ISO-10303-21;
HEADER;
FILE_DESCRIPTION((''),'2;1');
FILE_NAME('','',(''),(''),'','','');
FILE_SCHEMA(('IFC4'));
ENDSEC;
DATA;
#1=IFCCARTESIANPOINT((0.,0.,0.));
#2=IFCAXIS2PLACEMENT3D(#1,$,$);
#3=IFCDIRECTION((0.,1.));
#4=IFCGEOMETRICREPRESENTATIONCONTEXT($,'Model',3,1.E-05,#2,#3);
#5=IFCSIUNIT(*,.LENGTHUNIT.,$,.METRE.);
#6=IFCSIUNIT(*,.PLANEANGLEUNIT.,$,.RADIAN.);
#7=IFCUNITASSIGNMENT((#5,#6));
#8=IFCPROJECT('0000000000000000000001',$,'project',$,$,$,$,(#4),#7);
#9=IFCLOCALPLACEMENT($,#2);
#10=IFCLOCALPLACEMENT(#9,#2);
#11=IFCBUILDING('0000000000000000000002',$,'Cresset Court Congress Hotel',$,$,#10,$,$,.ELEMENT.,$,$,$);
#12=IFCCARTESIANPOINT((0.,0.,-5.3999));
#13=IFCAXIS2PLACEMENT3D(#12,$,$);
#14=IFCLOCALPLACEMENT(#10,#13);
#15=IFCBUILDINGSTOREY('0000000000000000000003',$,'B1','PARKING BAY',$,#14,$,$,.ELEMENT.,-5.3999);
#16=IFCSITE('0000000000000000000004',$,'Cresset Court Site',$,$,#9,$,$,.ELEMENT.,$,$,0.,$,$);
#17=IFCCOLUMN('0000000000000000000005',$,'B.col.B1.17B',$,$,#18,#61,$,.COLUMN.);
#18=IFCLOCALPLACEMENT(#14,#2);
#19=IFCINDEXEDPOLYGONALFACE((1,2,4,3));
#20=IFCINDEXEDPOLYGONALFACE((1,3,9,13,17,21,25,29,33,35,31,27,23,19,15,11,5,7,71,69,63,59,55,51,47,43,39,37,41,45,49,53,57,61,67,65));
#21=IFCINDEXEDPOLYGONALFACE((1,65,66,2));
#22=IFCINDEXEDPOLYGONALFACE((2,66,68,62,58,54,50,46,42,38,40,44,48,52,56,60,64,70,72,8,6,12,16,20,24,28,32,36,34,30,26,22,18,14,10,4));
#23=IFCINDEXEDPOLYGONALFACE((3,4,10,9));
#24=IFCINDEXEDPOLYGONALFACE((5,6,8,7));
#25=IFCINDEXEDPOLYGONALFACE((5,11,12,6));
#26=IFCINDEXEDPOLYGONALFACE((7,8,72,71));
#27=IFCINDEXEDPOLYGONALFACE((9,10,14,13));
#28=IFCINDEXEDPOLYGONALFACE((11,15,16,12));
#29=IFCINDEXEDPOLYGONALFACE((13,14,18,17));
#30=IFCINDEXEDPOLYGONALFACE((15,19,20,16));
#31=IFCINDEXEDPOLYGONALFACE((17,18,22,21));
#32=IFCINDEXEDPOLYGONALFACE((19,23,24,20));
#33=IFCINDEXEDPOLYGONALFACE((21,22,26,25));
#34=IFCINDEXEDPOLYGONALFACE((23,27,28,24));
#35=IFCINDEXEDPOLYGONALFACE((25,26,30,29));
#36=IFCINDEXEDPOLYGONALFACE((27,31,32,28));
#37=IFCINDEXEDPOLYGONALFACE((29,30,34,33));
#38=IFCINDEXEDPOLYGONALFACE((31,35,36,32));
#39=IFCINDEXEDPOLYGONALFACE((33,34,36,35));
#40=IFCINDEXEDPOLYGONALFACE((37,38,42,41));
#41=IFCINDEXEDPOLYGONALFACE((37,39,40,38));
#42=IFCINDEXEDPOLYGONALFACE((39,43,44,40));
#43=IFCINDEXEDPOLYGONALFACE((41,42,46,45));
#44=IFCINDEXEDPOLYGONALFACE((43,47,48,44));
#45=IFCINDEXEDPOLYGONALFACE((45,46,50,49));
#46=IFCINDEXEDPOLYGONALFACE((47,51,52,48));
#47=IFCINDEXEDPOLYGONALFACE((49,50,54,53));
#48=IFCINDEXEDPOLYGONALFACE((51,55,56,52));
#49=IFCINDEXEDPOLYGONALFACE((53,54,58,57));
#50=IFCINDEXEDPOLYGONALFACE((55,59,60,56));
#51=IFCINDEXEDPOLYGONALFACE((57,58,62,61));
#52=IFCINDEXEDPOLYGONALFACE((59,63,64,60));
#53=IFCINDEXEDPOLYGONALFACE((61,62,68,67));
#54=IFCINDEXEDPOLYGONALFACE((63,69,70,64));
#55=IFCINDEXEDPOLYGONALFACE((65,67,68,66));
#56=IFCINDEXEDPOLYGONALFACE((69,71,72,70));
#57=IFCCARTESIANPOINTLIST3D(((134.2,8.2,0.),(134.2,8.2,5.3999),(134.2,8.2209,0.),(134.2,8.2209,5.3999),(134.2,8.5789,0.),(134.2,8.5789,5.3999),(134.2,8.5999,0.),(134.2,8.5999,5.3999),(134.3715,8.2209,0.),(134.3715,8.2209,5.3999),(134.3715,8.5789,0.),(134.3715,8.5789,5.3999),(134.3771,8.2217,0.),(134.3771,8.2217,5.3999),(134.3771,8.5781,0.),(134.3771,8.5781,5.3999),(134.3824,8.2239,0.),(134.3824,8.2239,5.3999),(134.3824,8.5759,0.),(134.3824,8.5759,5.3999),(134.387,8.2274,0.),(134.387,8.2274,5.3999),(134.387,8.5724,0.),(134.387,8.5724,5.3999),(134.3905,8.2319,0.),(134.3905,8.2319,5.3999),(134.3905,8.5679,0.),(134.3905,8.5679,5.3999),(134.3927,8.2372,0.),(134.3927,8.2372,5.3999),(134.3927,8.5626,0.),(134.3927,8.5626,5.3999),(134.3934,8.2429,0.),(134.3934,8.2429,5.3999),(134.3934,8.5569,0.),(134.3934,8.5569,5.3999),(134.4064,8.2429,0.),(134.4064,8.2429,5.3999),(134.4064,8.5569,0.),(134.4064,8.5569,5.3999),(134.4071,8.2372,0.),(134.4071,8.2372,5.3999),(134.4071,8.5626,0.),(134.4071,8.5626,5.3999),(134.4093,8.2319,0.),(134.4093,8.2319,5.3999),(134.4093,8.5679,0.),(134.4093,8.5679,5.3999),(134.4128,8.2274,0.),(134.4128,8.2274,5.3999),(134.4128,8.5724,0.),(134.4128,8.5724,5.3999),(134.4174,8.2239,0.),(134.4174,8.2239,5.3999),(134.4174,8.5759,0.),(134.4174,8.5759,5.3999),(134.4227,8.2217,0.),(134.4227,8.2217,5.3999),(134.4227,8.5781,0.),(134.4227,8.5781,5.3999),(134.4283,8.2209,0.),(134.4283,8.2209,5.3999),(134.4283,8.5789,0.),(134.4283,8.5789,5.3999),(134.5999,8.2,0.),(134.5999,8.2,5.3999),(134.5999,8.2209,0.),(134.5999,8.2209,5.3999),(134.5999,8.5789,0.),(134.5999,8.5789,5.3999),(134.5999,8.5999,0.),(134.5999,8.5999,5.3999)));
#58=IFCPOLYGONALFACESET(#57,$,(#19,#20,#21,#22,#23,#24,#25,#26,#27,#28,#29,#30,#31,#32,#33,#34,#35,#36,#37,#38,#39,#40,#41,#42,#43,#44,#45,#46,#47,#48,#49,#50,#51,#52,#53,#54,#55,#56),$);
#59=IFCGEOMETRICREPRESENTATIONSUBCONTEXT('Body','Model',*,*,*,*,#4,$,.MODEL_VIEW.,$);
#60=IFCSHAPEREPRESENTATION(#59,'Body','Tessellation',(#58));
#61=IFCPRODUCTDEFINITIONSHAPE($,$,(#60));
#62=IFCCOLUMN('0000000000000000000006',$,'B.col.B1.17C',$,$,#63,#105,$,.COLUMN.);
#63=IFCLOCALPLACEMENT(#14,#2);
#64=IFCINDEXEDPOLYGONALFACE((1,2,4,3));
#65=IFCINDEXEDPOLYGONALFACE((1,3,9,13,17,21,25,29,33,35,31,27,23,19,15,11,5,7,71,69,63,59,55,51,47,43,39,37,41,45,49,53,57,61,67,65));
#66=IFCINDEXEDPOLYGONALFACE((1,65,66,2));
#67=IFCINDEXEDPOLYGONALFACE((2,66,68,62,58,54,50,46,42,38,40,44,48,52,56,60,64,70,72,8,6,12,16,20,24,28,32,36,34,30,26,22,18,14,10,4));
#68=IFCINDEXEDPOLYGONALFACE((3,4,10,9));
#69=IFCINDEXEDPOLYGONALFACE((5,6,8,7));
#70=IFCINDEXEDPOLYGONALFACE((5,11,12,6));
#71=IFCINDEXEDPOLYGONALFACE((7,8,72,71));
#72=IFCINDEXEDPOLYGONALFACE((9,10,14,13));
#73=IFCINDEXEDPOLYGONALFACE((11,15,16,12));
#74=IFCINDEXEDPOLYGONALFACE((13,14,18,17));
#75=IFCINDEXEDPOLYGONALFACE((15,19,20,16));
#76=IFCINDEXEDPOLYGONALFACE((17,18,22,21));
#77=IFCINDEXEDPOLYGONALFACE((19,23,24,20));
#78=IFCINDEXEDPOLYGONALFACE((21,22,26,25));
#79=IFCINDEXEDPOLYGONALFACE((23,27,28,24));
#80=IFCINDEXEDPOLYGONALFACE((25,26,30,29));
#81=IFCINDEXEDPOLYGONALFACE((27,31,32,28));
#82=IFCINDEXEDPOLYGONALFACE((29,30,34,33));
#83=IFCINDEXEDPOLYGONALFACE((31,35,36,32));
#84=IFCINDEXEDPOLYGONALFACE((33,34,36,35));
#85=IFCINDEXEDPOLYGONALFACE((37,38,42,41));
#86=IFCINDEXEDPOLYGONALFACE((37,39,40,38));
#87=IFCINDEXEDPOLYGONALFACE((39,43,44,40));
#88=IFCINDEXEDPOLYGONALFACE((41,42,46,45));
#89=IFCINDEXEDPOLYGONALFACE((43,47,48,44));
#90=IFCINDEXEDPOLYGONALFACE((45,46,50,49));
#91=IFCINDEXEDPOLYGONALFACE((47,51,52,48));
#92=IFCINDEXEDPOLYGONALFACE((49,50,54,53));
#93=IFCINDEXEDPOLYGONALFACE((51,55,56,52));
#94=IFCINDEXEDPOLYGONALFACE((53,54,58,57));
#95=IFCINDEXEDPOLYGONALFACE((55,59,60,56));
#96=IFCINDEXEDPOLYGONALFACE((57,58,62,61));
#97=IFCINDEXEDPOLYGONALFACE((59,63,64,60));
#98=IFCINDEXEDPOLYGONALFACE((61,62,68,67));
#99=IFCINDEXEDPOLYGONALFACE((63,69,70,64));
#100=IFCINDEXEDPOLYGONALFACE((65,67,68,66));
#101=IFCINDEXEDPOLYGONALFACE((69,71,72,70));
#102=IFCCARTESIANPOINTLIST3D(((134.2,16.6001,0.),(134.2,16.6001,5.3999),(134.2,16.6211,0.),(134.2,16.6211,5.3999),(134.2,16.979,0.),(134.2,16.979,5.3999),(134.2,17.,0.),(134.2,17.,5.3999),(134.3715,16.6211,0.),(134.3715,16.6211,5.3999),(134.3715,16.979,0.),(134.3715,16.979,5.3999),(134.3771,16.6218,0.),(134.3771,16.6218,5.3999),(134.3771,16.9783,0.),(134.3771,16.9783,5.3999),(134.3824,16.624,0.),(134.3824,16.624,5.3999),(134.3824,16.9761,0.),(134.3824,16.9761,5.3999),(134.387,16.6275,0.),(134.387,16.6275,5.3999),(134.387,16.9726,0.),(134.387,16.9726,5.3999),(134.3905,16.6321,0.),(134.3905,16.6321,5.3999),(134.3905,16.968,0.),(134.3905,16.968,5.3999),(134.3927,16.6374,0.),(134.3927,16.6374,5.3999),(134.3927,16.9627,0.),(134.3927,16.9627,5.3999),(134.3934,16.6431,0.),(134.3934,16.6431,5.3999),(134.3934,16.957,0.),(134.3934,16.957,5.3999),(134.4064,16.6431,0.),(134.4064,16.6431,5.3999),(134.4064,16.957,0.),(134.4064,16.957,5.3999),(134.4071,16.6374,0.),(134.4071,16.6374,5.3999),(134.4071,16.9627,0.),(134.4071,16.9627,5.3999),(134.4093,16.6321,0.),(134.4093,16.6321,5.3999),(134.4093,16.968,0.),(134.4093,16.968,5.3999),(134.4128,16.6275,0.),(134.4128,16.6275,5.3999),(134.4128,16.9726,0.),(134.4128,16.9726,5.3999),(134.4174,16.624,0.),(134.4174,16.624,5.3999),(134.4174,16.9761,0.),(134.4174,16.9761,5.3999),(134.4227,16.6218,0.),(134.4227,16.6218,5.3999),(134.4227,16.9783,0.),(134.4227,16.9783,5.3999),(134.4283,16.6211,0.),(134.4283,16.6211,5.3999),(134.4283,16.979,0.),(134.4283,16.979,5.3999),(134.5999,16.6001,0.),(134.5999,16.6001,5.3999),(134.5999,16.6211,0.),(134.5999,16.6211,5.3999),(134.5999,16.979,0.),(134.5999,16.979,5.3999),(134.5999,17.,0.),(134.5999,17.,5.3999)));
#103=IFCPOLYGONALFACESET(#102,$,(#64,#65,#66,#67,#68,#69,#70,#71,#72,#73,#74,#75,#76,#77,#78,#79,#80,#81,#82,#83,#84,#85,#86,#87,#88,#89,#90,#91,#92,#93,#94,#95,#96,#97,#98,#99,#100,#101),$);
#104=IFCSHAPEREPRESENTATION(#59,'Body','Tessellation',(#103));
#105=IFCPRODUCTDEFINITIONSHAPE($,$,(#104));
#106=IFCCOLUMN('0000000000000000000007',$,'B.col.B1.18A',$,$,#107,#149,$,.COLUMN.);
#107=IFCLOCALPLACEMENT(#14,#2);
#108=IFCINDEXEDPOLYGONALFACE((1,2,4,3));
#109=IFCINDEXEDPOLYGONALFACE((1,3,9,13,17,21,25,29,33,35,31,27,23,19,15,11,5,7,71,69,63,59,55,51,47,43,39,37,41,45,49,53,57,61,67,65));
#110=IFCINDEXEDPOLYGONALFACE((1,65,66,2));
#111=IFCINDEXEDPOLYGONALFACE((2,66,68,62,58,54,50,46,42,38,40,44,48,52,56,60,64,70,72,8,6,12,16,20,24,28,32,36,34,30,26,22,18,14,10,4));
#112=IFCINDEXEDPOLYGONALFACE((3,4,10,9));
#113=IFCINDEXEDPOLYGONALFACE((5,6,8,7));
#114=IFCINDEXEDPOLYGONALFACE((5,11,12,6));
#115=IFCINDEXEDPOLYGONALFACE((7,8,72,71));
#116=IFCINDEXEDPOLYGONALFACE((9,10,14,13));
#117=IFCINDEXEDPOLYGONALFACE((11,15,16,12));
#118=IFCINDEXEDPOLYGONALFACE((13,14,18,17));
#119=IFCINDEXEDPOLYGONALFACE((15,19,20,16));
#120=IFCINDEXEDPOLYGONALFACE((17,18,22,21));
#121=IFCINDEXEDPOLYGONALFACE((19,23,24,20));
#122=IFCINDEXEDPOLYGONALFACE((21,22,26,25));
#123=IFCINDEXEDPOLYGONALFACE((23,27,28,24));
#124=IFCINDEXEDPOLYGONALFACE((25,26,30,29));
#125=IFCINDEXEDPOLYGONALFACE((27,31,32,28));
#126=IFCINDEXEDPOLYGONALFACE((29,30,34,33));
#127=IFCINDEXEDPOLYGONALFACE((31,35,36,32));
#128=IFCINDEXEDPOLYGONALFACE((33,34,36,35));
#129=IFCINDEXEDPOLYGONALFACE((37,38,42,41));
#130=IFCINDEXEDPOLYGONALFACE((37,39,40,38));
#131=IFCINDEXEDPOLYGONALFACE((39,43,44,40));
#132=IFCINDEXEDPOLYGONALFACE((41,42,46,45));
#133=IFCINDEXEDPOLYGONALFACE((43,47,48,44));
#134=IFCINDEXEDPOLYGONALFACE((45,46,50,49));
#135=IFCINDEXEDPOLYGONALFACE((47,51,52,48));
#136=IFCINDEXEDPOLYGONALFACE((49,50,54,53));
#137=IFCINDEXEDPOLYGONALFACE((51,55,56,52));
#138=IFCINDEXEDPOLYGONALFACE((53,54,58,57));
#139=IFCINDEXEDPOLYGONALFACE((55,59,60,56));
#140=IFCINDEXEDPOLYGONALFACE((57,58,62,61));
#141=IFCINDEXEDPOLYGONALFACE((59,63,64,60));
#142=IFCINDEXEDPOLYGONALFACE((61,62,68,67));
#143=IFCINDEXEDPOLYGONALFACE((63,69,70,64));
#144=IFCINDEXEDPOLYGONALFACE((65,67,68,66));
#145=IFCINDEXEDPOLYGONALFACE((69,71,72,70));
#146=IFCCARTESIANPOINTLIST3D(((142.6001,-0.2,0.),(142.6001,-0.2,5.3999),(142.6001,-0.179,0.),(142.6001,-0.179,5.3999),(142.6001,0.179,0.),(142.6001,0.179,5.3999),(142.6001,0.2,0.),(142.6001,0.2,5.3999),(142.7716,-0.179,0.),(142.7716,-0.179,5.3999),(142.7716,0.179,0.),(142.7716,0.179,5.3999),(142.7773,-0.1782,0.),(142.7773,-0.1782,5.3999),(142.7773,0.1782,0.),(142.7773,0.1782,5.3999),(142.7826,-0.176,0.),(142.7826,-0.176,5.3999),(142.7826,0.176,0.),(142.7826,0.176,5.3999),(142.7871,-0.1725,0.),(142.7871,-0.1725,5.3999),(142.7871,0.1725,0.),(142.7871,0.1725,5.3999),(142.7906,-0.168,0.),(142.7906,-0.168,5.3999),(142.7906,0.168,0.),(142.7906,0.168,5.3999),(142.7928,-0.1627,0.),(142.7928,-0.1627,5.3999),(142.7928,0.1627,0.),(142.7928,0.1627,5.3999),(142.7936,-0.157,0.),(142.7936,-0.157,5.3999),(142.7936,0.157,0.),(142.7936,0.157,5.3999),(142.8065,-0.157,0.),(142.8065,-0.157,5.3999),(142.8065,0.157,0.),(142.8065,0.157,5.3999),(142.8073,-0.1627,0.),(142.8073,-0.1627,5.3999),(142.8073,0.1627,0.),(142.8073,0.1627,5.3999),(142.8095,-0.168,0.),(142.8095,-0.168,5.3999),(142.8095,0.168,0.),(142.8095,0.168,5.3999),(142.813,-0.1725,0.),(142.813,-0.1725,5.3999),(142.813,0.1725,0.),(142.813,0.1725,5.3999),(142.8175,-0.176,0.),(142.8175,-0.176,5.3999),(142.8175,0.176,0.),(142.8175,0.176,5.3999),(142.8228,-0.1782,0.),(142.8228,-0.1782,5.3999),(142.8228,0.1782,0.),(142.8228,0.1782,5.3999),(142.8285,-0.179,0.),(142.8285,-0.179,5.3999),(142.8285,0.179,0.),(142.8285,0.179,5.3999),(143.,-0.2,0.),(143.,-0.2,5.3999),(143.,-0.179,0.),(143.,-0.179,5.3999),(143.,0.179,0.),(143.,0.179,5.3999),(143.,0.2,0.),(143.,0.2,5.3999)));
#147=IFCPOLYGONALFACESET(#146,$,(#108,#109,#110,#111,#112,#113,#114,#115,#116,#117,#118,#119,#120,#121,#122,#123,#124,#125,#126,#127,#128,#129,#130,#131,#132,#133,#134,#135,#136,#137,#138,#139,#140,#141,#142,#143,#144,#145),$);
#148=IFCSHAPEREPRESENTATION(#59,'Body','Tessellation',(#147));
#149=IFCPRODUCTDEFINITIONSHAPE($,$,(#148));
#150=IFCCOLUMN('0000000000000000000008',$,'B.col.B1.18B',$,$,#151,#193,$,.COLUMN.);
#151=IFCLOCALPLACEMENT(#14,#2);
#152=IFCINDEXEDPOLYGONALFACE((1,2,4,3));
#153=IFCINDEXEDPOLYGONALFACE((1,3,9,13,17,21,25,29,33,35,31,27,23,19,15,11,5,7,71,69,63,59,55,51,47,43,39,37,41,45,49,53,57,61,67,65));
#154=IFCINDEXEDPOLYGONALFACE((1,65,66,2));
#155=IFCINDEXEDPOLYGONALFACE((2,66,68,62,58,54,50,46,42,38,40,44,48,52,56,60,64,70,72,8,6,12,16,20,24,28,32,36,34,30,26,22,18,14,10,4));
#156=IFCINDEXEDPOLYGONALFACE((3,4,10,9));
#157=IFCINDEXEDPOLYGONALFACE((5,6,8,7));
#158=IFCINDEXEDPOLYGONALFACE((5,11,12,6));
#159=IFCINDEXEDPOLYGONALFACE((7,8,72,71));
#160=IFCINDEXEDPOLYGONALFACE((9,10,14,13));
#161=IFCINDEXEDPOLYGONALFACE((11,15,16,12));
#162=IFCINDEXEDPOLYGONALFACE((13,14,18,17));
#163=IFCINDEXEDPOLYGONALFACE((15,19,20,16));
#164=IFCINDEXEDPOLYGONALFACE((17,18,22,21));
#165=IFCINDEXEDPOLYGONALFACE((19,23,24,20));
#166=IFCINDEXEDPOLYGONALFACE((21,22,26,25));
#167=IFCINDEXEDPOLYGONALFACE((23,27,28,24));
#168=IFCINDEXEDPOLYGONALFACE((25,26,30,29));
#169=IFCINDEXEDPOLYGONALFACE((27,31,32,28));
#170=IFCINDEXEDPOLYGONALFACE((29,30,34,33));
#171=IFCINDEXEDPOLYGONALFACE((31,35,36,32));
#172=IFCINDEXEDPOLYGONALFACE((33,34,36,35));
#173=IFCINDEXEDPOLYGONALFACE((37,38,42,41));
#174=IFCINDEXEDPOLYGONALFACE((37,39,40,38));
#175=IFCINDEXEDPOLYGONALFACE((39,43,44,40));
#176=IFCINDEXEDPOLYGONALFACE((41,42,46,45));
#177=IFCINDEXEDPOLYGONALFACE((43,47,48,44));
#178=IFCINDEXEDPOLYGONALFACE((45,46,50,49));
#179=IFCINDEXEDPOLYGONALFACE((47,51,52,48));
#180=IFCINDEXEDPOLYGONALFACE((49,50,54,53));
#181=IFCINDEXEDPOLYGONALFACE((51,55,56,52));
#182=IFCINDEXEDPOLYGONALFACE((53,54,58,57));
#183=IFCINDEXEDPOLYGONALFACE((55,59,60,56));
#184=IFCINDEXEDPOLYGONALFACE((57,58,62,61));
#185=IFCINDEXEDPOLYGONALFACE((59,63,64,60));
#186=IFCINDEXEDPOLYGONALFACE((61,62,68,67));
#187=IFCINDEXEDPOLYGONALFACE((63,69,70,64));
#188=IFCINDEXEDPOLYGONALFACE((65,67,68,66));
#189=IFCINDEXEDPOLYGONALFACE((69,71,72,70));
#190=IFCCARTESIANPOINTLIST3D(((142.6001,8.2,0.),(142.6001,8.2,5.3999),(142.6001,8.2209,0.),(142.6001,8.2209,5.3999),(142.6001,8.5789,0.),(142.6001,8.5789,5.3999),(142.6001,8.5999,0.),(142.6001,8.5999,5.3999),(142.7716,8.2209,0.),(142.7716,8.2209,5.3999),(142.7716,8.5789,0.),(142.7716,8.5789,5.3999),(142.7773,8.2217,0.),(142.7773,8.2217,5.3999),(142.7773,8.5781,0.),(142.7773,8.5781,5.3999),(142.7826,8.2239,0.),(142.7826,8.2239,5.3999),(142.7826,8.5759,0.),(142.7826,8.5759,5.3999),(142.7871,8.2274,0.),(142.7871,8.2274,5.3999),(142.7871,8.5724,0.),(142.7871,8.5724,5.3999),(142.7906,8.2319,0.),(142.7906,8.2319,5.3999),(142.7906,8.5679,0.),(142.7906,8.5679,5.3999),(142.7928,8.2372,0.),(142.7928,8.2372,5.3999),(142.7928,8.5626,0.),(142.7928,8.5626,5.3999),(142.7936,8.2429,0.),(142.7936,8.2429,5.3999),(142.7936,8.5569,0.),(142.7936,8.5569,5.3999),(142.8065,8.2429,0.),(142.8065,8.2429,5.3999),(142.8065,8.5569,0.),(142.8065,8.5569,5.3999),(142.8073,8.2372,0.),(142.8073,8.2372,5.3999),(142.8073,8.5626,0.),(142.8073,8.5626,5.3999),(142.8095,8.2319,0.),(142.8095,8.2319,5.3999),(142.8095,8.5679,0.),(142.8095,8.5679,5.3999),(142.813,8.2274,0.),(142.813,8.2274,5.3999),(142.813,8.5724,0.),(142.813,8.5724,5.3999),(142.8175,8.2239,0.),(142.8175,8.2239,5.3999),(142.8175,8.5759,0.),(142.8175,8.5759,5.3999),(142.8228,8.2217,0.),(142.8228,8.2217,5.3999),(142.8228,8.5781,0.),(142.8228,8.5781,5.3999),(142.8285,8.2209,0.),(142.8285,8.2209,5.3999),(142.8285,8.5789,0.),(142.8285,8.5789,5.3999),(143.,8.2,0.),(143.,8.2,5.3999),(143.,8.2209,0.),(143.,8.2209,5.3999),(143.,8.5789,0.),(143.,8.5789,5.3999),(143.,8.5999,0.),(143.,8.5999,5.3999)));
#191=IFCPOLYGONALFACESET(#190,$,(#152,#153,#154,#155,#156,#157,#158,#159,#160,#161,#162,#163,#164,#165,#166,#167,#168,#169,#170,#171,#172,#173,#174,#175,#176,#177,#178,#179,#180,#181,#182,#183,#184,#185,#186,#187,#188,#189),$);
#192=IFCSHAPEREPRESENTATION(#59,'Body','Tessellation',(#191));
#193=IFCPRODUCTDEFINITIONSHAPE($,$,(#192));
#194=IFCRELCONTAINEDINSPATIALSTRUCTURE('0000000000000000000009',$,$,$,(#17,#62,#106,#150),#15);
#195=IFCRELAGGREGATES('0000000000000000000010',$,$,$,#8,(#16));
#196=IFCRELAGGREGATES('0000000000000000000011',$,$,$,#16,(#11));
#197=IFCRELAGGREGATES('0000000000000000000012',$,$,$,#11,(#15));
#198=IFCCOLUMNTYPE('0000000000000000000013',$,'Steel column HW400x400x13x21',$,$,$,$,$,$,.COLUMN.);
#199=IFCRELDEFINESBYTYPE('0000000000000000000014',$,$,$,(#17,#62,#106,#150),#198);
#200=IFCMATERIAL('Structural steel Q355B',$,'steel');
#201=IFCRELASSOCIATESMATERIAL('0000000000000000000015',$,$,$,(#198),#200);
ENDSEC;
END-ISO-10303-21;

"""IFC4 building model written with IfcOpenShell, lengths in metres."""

from ifc_helpers import new_model, si_unit, direction, frame, origin, origin_2d, place, context, subcontext, project, spatial, i_section, extrude, material, material_profile, profile_set, type_object, element, save


model = new_model("IFC4")

# Units and contexts
model_context = context("Model", 3, precision=1e-05, world=origin(), true_north=direction((0.0, 1.0)))
body_context = subcontext(model_context, "Body", "Model", "MODEL_VIEW")
ifc_project = project(units=[si_unit("LENGTHUNIT", "METRE"), si_unit("PLANEANGLEUNIT", "RADIAN")], contexts=[model_context])

# Site, building, storey
site_placement = place(None, origin())
site = spatial("IfcSite", under=ifc_project, at=site_placement, Name="Cresset Court Site", CompositionType="ELEMENT", RefElevation=0.0)
building_placement = place(site_placement, origin())
building = spatial("IfcBuilding", under=site, at=building_placement, Name="Cresset Court Congress Hotel", CompositionType="ELEMENT")
storey_placement = place(building_placement, frame((0.0, 0.0, -5.3999)))
storey = spatial("IfcBuildingStorey", under=building, at=storey_placement, Name="B1", Description="PARKING BAY", CompositionType="ELEMENT", Elevation=-5.3999)

# Columns
ifc_material_1 = material(Name="Structural steel Q355B", Category="steel")
ifc_material_profile = material_profile(ifc_material_1, i_section(OverallWidth=0.3999, OverallDepth=0.3999, WebThickness=0.0129, FlangeThickness=0.021, FilletRadius=0.022, at=origin_2d()), Name="HW400x400x13x21")
ifc_profile_set = profile_set([ifc_material_profile], Name="Structural steel Q355B")
column_type = type_object("IfcColumnType", Name="Steel column HW400x400x13x21", PredefinedType="COLUMN", material=ifc_profile_set)
for number, where, z_axis, x_axis, name in (
    (1, (134.3999, 8.3999, 0.0), (0.0, 0.0, 1.0), (1.0, 0.0, 0.0), "B.col.B1.17B"),
    (2, (134.3999, 16.8, 0.0), (0.0, 0.0, 1.0), (1.0, 0.0, 0.0), "B.col.B1.17C"),
    (3, (142.8, 0.0, 0.0), (0.0, 0.0, 1.0), (1.0, 0.0, 0.0), "B.col.B1.18A"),
    (4, (142.8, 8.3999, 0.0), (0.0, 0.0, 1.0), (1.0, 0.0, 0.0), "B.col.B1.18B"),
):
    element("IfcColumn", number, at=place(storey_placement, frame(where, z_axis=z_axis, x_axis=x_axis)), inside=storey, type_object=column_type, Name=name, PredefinedType="COLUMN", context=body_context, shape_type="SweptSolid", body=[
        extrude(i_section(OverallWidth=0.3999, OverallDepth=0.3999, WebThickness=0.0129, FlangeThickness=0.021, FilletRadius=0.022, at=origin_2d()), origin(), (0.0, 0.0, 1.0), 5.3999),
    ])

save(model, "model.ifc")
